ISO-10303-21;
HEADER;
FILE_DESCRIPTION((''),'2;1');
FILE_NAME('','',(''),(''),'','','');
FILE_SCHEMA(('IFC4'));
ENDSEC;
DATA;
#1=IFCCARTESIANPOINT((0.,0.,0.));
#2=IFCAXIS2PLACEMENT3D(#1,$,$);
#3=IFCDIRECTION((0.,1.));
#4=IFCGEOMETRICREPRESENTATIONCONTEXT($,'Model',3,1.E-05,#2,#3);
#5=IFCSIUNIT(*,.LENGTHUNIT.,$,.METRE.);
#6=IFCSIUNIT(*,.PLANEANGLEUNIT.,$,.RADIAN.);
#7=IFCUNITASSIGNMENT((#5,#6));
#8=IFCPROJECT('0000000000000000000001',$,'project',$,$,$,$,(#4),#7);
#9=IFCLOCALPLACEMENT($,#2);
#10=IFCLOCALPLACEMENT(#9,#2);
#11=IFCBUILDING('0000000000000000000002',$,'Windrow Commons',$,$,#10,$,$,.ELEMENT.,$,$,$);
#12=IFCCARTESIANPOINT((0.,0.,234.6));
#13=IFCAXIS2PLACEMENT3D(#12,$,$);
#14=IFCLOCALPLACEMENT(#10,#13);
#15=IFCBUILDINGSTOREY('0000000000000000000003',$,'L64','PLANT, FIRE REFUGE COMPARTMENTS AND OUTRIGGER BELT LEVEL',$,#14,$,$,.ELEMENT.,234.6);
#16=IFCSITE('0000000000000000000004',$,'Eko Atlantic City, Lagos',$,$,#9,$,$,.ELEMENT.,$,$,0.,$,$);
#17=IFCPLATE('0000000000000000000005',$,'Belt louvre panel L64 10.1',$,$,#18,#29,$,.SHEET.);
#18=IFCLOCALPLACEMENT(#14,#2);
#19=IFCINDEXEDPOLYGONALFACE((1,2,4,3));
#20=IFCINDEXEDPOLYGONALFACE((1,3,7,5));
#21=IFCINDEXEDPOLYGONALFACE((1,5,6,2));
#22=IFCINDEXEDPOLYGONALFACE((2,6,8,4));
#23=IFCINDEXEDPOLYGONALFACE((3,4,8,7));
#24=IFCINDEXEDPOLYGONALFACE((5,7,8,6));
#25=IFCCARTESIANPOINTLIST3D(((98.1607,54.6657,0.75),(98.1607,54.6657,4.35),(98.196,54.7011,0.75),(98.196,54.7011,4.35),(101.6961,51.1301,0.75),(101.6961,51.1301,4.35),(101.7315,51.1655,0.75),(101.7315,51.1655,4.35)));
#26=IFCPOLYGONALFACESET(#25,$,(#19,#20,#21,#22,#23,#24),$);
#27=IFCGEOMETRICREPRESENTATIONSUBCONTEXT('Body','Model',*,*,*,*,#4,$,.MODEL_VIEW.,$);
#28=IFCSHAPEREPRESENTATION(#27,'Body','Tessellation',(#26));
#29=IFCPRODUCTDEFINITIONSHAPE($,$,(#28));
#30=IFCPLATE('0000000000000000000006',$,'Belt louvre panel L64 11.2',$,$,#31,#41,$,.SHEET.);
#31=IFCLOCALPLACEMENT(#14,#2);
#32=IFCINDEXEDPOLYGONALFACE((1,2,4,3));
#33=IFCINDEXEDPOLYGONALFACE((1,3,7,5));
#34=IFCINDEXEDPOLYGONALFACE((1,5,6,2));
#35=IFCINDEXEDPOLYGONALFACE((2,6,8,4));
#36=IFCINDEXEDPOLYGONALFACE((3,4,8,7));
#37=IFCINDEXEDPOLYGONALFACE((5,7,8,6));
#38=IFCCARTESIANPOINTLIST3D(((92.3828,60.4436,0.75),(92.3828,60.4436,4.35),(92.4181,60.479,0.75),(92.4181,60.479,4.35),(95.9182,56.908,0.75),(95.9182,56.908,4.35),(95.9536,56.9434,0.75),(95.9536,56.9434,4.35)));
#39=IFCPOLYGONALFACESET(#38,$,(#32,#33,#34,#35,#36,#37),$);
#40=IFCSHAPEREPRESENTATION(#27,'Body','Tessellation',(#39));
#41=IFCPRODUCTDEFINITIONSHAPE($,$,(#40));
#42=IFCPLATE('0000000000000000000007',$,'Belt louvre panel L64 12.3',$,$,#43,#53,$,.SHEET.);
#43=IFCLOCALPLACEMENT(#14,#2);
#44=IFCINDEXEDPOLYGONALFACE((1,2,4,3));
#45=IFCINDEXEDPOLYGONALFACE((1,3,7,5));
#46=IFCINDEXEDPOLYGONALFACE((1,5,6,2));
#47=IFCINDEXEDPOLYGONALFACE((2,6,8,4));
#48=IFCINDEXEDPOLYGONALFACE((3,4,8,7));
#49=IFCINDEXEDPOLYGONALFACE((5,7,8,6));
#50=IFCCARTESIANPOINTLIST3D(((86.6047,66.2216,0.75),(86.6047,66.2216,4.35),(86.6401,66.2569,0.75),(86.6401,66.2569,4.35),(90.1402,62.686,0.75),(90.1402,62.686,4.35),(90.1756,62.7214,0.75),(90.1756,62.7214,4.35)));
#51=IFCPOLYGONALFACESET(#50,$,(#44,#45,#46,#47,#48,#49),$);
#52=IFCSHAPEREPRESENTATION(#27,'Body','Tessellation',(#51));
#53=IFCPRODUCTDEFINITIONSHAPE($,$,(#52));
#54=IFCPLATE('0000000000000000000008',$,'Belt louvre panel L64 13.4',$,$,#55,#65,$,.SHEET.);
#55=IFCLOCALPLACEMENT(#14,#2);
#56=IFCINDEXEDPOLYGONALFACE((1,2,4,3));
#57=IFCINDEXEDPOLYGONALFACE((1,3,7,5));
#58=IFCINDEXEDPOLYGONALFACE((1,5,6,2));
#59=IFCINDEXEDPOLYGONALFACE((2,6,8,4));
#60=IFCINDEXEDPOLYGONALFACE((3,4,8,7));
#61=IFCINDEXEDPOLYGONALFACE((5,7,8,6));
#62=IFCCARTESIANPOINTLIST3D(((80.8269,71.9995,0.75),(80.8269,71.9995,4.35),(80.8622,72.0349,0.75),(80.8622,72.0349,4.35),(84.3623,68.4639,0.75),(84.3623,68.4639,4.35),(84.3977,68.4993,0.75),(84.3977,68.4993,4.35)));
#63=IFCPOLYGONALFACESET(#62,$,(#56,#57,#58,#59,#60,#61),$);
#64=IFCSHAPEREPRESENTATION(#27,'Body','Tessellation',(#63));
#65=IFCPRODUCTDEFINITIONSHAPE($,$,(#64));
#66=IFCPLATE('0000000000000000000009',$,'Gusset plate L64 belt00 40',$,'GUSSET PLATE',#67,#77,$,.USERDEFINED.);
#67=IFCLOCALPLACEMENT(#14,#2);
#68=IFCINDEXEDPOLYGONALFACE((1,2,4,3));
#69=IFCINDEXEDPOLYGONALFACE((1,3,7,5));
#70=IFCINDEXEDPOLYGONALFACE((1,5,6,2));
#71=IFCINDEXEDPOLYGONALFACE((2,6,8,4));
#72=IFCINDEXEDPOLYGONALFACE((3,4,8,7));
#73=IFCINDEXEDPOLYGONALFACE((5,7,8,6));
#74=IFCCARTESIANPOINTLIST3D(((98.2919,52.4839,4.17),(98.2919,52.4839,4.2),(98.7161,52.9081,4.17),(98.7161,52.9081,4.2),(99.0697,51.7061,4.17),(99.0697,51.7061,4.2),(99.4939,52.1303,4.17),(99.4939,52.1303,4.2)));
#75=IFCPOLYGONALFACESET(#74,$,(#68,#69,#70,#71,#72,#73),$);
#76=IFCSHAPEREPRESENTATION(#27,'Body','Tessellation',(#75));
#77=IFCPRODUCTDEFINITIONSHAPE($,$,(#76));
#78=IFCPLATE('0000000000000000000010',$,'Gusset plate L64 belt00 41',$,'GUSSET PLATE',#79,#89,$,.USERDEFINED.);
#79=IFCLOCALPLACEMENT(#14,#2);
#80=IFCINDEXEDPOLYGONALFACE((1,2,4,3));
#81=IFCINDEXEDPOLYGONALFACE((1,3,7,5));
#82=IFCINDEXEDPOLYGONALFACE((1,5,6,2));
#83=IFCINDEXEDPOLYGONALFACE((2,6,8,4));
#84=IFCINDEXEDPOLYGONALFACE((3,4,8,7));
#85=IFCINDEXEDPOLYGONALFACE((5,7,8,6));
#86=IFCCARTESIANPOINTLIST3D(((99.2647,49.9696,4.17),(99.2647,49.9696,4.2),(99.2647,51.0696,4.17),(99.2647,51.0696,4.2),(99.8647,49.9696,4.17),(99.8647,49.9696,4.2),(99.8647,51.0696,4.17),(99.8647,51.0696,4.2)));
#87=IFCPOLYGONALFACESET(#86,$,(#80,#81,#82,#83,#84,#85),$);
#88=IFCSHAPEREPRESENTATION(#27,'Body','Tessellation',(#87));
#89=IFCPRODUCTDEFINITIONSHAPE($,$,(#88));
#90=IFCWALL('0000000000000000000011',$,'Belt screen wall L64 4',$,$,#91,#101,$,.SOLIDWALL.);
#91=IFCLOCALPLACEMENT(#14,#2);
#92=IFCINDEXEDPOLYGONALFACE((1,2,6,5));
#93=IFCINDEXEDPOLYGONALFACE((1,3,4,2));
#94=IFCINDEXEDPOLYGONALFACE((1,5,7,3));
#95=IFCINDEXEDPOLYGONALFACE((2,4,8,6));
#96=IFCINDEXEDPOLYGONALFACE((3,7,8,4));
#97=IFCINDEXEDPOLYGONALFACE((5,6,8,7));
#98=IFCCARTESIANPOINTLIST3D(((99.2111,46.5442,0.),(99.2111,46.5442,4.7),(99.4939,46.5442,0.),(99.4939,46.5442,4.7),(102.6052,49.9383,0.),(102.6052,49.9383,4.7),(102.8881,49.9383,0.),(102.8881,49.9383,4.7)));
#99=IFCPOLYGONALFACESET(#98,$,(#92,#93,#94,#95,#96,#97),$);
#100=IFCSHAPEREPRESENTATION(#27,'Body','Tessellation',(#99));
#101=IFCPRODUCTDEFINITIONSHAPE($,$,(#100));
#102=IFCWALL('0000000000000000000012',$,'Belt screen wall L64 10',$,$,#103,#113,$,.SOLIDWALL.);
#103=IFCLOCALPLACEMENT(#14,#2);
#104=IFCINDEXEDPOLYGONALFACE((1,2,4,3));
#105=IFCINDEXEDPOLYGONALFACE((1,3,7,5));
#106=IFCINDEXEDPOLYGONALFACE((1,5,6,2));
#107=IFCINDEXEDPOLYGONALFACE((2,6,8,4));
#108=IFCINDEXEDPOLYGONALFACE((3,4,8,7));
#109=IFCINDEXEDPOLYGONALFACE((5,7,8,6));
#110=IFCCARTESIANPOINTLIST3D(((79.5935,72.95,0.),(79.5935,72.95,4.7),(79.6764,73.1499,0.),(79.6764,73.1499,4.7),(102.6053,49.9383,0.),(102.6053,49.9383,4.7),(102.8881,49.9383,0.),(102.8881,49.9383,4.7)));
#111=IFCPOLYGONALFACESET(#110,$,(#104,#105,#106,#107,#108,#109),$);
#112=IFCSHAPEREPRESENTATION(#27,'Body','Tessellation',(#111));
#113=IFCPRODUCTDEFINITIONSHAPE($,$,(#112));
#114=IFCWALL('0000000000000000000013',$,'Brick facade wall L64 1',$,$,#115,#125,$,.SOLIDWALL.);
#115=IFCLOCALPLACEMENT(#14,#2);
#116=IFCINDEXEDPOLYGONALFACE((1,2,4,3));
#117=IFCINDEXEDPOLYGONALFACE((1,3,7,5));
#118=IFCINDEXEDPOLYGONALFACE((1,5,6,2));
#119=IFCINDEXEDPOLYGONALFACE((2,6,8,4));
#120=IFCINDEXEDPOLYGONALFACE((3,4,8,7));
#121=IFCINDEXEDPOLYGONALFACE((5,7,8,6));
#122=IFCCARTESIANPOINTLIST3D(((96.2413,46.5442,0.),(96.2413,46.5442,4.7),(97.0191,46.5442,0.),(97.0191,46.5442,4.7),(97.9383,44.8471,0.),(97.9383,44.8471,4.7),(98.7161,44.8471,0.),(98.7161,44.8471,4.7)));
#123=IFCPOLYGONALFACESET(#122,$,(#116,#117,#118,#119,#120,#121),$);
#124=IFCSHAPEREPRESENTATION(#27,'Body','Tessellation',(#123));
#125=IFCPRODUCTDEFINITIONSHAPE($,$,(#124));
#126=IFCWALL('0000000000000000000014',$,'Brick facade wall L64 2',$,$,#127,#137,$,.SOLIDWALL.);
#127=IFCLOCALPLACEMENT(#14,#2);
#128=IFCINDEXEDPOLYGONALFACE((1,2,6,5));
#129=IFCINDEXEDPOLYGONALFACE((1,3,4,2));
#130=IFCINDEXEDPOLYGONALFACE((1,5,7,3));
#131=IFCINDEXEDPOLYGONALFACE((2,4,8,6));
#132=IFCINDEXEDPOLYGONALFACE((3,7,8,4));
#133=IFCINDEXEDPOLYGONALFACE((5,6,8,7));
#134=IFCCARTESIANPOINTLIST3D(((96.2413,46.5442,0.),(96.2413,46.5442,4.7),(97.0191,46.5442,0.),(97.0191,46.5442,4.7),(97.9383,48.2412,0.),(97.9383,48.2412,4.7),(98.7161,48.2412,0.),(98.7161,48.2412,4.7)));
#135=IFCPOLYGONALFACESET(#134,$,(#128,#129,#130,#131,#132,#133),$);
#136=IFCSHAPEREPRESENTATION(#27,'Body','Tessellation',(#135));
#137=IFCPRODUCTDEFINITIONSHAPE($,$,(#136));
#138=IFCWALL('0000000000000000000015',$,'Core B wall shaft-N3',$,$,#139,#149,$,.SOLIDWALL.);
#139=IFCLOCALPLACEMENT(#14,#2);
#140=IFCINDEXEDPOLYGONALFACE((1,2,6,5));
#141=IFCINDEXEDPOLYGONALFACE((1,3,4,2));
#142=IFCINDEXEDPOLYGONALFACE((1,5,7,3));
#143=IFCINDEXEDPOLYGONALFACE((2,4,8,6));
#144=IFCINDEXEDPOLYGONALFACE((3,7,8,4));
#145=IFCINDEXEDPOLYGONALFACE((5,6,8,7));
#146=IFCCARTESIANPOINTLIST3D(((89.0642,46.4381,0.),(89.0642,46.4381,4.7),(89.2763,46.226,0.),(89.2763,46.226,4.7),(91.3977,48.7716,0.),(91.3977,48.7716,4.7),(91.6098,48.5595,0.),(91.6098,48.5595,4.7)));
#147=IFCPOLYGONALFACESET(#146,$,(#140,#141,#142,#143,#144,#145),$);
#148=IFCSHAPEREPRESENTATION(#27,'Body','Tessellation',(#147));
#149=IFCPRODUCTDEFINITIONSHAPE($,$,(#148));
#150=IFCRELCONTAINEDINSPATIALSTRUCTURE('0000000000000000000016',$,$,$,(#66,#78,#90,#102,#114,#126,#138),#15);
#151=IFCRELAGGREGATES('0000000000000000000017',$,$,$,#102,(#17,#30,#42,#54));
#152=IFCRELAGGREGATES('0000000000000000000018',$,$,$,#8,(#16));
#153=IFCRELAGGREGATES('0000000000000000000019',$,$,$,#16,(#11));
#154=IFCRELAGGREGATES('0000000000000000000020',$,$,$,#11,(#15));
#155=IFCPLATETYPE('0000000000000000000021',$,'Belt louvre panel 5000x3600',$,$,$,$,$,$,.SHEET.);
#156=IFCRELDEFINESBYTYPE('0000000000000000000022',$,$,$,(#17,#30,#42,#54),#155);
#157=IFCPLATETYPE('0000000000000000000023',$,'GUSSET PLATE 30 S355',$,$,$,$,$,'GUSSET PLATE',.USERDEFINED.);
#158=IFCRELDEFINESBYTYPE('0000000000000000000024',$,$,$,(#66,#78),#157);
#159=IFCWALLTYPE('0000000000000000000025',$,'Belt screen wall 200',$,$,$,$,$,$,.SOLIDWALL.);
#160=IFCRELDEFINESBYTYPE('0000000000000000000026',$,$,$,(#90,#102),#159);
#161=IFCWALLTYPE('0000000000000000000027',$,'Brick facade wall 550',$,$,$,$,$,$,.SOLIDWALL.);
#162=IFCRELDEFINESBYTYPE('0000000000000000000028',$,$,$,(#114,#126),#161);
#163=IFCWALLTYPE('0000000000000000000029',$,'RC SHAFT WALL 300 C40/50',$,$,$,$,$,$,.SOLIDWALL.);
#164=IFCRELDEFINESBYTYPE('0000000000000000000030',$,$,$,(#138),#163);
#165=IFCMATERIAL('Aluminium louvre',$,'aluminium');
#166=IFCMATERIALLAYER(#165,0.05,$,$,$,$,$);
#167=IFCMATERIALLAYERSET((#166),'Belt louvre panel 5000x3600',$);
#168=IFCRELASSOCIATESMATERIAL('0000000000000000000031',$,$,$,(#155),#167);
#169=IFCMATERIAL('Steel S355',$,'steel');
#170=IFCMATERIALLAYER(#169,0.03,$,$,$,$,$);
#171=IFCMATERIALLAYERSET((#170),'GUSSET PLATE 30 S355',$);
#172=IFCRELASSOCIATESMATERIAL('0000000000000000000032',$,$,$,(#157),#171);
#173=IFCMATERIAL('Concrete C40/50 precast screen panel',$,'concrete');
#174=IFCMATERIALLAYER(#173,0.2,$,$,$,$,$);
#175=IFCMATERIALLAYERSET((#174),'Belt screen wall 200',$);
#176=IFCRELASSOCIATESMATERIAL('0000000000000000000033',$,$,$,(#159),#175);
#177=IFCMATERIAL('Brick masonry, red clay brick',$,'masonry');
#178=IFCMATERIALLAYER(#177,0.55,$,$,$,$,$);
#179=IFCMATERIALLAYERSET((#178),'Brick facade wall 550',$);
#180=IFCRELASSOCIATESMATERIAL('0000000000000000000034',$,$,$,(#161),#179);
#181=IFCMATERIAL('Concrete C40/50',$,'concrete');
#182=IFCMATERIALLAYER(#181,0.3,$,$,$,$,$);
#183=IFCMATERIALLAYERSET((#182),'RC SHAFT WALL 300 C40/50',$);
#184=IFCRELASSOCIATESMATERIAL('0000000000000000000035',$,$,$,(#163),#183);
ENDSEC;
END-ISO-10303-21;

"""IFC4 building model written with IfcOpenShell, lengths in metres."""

from ifc_helpers import new_model, si_unit, direction, frame, frame_2d, origin, origin_2d, place, context, subcontext, project, spatial, polyline, rectangle, outline, extrude, material, layer, layer_set, type_object, element, aggregate, save


model = new_model("IFC4")

# Units and contexts
model_context = context("Model", 3, precision=1e-05, world=origin(), true_north=direction((0.0, 1.0)))
body_context = subcontext(model_context, "Body", "Model", "MODEL_VIEW")
ifc_project = project(units=[si_unit("LENGTHUNIT", "METRE"), si_unit("PLANEANGLEUNIT", "RADIAN")], contexts=[model_context])

# Site, building, storey
site_placement = place(None, origin())
site = spatial("IfcSite", under=ifc_project, at=site_placement, Name="Eko Atlantic City, Lagos", CompositionType="ELEMENT", RefElevation=0.0)
building_placement = place(site_placement, origin())
building = spatial("IfcBuilding", under=site, at=building_placement, Name="Windrow Commons", CompositionType="ELEMENT")
storey_placement = place(building_placement, frame((0.0, 0.0, 234.6)))
storey = spatial("IfcBuildingStorey", under=building, at=storey_placement, Name="L64", Description="PLANT, FIRE REFUGE COMPARTMENTS AND OUTRIGGER BELT LEVEL", CompositionType="ELEMENT", Elevation=234.6)

# Plates
ifc_material_1 = material(Name="Aluminium louvre", Category="aluminium")
ifc_layer_1 = layer(ifc_material_1, 0.05)
ifc_layer_set_1 = layer_set([ifc_layer_1], Name="Belt louvre panel 5000x3600")
plate_type_1 = type_object("IfcPlateType", Name="Belt louvre panel 5000x3600", PredefinedType="SHEET", material=ifc_layer_set_1)
plate_1_placement = place(storey_placement, frame((101.7315, 51.1655, 0.75), z_axis=(0.707117, 0.707097, 0.0), x_axis=(-0.707097, 0.707117, 0.0)))
plate_1 = element("IfcPlate", 1, at=plate_1_placement, type_object=plate_type_1, Name="Belt louvre panel L64 10.1", PredefinedType="SHEET", context=body_context, shape_type="SweptSolid", body=[
    extrude(outline(polyline([(0.0, 0.0), (5.0, 0.0), (5.0, 3.6), (0.0, 3.6), (0.0, 0.0)])), origin(), (0.0, 0.0, -1.0), 0.05),
])
plate_2_placement = place(storey_placement, frame((95.9536, 56.9434, 0.75), z_axis=(0.707117, 0.707097, 0.0), x_axis=(-0.707097, 0.707117, 0.0)))
plate_2 = element("IfcPlate", 2, at=plate_2_placement, type_object=plate_type_1, Name="Belt louvre panel L64 11.2", PredefinedType="SHEET", context=body_context, shape_type="SweptSolid", body=[
    extrude(outline(polyline([(0.0, 0.0), (5.0, 0.0), (5.0, 3.6), (0.0, 3.6), (0.0, 0.0)])), origin(), (0.0, 0.0, -1.0), 0.05),
])
plate_3_placement = place(storey_placement, frame((90.1756, 62.7214, 0.75), z_axis=(0.707107, 0.707107, 0.0), x_axis=(-0.707107, 0.707107, 0.0)))
plate_3 = element("IfcPlate", 3, at=plate_3_placement, type_object=plate_type_1, Name="Belt louvre panel L64 12.3", PredefinedType="SHEET", context=body_context, shape_type="SweptSolid", body=[
    extrude(outline(polyline([(0.0, 0.0), (5.0, 0.0), (5.0, 3.6), (0.0, 3.6), (0.0, 0.0)])), origin(), (0.0, 0.0, -1.0), 0.05),
])
plate_4_placement = place(storey_placement, frame((84.3977, 68.4993, 0.75), z_axis=(0.707117, 0.707097, 0.0), x_axis=(-0.707097, 0.707117, 0.0)))
plate_4 = element("IfcPlate", 4, at=plate_4_placement, type_object=plate_type_1, Name="Belt louvre panel L64 13.4", PredefinedType="SHEET", context=body_context, shape_type="SweptSolid", body=[
    extrude(outline(polyline([(0.0, 0.0), (5.0, 0.0), (5.0, 3.6), (0.0, 3.6), (0.0, 0.0)])), origin(), (0.0, 0.0, -1.0), 0.05),
])

# Plates
ifc_material_2 = material(Name="Steel S355", Category="steel")
ifc_layer_2 = layer(ifc_material_2, 0.03)
ifc_layer_set_2 = layer_set([ifc_layer_2], Name="GUSSET PLATE 30 S355")
plate_type_2 = type_object("IfcPlateType", Name="GUSSET PLATE 30 S355", ElementType="GUSSET PLATE", PredefinedType="USERDEFINED", material=ifc_layer_set_2)
for number, where, z_axis, x_axis, name in (
    (5, (98.8929, 52.3071, 4.17), (0.0, 0.0, 1.0), (0.707107, -0.707107, 0.0), "Gusset plate L64 belt00 40"),
    (6, (99.5647, 50.5196, 4.17), (0.0, 0.0, 1.0), (0.0, -1.0, 0.0), "Gusset plate L64 belt00 41"),
):
    element("IfcPlate", number, at=place(storey_placement, frame(where, z_axis=z_axis, x_axis=x_axis)), inside=storey, type_object=plate_type_2, Name=name, ObjectType="GUSSET PLATE", PredefinedType="USERDEFINED", context=body_context, shape_type="SweptSolid", body=[
        extrude(rectangle(XDim=1.1, YDim=0.6, at=origin_2d()), origin(), (0.0, 0.0, 1.0), 0.03),
    ])

# Walls
ifc_material_3 = material(Name="Concrete C40/50 precast screen panel", Category="concrete")
ifc_layer_3 = layer(ifc_material_3, 0.2)
ifc_layer_set_3 = layer_set([ifc_layer_3], Name="Belt screen wall 200")
wall_type_1 = type_object("IfcWallType", Name="Belt screen wall 200", PredefinedType="SOLIDWALL", material=ifc_layer_set_3)
wall_1_placement = place(storey_placement, frame((99.3525, 46.5442, 0.0), z_axis=(0.0, 0.0, 1.0), x_axis=(0.707117, 0.707096, 0.0)))
element("IfcWall", 7, at=wall_1_placement, inside=storey, type_object=wall_type_1, Name="Belt screen wall L64 4", PredefinedType="SOLIDWALL", context=body_context, shape_type="SweptSolid", body=[
    extrude(outline(polyline([(0.1, -0.1), (4.9, -0.1), (4.7, 0.1), (-0.1, 0.1), (0.1, -0.1)])), origin(), (0.0, 0.0, 1.0), 4.7),
])
wall_2_placement = place(storey_placement, frame((102.7467, 49.9383, 0.0), z_axis=(0.0, 0.0, 1.0), x_axis=(-0.707108, 0.707105, 0.0)))
wall_2 = element("IfcWall", 8, at=wall_2_placement, inside=storey, type_object=wall_type_1, Name="Belt screen wall L64 10", PredefinedType="SOLIDWALL", context=body_context, shape_type="SweptSolid", body=[
    extrude(outline(polyline([(-0.1, -0.1), (32.7263, -0.1), (32.6435, 0.1), (0.1, 0.1), (-0.1, -0.1)])), origin(), (0.0, 0.0, 1.0), 4.7),
])
aggregate(wall_2, [plate_1, plate_2, plate_3, plate_4])

# Walls
ifc_material_4 = material(Name="Brick masonry, red clay brick", Category="masonry")
ifc_layer_4 = layer(ifc_material_4, 0.55)
ifc_layer_set_4 = layer_set([ifc_layer_4], Name="Brick facade wall 550")
wall_type_2 = type_object("IfcWallType", Name="Brick facade wall 550", PredefinedType="SOLIDWALL", material=ifc_layer_set_4)
wall_3_placement = place(storey_placement, frame((98.3272, 44.8471, 0.0), z_axis=(0.0, 0.0, 1.0), x_axis=(-0.707086, 0.707128, 0.0)))
element("IfcWall", 9, at=wall_3_placement, inside=storey, type_object=wall_type_2, Name="Brick facade wall L64 1", PredefinedType="SOLIDWALL", context=body_context, shape_type="SweptSolid", body=[
    extrude(outline(polyline([(-0.275, -0.275), (2.125, -0.275), (2.675, 0.275), (0.275, 0.275), (-0.275, -0.275)])), origin(), (0.0, 0.0, 1.0), 4.7),
])
wall_4_placement = place(storey_placement, frame((96.6302, 46.5442, 0.0), z_axis=(0.0, 0.0, 1.0), x_axis=(0.707107, 0.707107, 0.0)))
element("IfcWall", 10, at=wall_4_placement, inside=storey, type_object=wall_type_2, Name="Brick facade wall L64 2", PredefinedType="SOLIDWALL", context=body_context, shape_type="SweptSolid", body=[
    extrude(outline(polyline([(0.275, -0.275), (2.6749, -0.275), (2.1249, 0.275), (-0.275, 0.275), (0.275, -0.275)])), origin(), (0.0, 0.0, 1.0), 4.7),
])
ifc_material_5 = material(Name="Concrete C40/50", Category="concrete")
ifc_layer_5 = layer(ifc_material_5, 0.3)
ifc_layer_set_5 = layer_set([ifc_layer_5], Name="RC SHAFT WALL 300 C40/50")
wall_type_3 = type_object("IfcWallType", Name="RC SHAFT WALL 300 C40/50", PredefinedType="SOLIDWALL", material=ifc_layer_set_5)
wall_5_placement = place(storey_placement, frame((89.1702, 46.332, 0.0), z_axis=(0.0, 0.0, 1.0), x_axis=(0.707107, 0.707107, 0.0)))
element("IfcWall", 11, at=wall_5_placement, inside=storey, type_object=wall_type_3, Name="Core B wall shaft-N3", PredefinedType="SOLIDWALL", context=body_context, shape_type="SweptSolid", body=[
    extrude(rectangle(XDim=3.3001, YDim=0.3, at=frame_2d((1.6501, 0.0))), origin(), (0.0, 0.0, 1.0), 4.7),
])

save(model, "model.ifc")
